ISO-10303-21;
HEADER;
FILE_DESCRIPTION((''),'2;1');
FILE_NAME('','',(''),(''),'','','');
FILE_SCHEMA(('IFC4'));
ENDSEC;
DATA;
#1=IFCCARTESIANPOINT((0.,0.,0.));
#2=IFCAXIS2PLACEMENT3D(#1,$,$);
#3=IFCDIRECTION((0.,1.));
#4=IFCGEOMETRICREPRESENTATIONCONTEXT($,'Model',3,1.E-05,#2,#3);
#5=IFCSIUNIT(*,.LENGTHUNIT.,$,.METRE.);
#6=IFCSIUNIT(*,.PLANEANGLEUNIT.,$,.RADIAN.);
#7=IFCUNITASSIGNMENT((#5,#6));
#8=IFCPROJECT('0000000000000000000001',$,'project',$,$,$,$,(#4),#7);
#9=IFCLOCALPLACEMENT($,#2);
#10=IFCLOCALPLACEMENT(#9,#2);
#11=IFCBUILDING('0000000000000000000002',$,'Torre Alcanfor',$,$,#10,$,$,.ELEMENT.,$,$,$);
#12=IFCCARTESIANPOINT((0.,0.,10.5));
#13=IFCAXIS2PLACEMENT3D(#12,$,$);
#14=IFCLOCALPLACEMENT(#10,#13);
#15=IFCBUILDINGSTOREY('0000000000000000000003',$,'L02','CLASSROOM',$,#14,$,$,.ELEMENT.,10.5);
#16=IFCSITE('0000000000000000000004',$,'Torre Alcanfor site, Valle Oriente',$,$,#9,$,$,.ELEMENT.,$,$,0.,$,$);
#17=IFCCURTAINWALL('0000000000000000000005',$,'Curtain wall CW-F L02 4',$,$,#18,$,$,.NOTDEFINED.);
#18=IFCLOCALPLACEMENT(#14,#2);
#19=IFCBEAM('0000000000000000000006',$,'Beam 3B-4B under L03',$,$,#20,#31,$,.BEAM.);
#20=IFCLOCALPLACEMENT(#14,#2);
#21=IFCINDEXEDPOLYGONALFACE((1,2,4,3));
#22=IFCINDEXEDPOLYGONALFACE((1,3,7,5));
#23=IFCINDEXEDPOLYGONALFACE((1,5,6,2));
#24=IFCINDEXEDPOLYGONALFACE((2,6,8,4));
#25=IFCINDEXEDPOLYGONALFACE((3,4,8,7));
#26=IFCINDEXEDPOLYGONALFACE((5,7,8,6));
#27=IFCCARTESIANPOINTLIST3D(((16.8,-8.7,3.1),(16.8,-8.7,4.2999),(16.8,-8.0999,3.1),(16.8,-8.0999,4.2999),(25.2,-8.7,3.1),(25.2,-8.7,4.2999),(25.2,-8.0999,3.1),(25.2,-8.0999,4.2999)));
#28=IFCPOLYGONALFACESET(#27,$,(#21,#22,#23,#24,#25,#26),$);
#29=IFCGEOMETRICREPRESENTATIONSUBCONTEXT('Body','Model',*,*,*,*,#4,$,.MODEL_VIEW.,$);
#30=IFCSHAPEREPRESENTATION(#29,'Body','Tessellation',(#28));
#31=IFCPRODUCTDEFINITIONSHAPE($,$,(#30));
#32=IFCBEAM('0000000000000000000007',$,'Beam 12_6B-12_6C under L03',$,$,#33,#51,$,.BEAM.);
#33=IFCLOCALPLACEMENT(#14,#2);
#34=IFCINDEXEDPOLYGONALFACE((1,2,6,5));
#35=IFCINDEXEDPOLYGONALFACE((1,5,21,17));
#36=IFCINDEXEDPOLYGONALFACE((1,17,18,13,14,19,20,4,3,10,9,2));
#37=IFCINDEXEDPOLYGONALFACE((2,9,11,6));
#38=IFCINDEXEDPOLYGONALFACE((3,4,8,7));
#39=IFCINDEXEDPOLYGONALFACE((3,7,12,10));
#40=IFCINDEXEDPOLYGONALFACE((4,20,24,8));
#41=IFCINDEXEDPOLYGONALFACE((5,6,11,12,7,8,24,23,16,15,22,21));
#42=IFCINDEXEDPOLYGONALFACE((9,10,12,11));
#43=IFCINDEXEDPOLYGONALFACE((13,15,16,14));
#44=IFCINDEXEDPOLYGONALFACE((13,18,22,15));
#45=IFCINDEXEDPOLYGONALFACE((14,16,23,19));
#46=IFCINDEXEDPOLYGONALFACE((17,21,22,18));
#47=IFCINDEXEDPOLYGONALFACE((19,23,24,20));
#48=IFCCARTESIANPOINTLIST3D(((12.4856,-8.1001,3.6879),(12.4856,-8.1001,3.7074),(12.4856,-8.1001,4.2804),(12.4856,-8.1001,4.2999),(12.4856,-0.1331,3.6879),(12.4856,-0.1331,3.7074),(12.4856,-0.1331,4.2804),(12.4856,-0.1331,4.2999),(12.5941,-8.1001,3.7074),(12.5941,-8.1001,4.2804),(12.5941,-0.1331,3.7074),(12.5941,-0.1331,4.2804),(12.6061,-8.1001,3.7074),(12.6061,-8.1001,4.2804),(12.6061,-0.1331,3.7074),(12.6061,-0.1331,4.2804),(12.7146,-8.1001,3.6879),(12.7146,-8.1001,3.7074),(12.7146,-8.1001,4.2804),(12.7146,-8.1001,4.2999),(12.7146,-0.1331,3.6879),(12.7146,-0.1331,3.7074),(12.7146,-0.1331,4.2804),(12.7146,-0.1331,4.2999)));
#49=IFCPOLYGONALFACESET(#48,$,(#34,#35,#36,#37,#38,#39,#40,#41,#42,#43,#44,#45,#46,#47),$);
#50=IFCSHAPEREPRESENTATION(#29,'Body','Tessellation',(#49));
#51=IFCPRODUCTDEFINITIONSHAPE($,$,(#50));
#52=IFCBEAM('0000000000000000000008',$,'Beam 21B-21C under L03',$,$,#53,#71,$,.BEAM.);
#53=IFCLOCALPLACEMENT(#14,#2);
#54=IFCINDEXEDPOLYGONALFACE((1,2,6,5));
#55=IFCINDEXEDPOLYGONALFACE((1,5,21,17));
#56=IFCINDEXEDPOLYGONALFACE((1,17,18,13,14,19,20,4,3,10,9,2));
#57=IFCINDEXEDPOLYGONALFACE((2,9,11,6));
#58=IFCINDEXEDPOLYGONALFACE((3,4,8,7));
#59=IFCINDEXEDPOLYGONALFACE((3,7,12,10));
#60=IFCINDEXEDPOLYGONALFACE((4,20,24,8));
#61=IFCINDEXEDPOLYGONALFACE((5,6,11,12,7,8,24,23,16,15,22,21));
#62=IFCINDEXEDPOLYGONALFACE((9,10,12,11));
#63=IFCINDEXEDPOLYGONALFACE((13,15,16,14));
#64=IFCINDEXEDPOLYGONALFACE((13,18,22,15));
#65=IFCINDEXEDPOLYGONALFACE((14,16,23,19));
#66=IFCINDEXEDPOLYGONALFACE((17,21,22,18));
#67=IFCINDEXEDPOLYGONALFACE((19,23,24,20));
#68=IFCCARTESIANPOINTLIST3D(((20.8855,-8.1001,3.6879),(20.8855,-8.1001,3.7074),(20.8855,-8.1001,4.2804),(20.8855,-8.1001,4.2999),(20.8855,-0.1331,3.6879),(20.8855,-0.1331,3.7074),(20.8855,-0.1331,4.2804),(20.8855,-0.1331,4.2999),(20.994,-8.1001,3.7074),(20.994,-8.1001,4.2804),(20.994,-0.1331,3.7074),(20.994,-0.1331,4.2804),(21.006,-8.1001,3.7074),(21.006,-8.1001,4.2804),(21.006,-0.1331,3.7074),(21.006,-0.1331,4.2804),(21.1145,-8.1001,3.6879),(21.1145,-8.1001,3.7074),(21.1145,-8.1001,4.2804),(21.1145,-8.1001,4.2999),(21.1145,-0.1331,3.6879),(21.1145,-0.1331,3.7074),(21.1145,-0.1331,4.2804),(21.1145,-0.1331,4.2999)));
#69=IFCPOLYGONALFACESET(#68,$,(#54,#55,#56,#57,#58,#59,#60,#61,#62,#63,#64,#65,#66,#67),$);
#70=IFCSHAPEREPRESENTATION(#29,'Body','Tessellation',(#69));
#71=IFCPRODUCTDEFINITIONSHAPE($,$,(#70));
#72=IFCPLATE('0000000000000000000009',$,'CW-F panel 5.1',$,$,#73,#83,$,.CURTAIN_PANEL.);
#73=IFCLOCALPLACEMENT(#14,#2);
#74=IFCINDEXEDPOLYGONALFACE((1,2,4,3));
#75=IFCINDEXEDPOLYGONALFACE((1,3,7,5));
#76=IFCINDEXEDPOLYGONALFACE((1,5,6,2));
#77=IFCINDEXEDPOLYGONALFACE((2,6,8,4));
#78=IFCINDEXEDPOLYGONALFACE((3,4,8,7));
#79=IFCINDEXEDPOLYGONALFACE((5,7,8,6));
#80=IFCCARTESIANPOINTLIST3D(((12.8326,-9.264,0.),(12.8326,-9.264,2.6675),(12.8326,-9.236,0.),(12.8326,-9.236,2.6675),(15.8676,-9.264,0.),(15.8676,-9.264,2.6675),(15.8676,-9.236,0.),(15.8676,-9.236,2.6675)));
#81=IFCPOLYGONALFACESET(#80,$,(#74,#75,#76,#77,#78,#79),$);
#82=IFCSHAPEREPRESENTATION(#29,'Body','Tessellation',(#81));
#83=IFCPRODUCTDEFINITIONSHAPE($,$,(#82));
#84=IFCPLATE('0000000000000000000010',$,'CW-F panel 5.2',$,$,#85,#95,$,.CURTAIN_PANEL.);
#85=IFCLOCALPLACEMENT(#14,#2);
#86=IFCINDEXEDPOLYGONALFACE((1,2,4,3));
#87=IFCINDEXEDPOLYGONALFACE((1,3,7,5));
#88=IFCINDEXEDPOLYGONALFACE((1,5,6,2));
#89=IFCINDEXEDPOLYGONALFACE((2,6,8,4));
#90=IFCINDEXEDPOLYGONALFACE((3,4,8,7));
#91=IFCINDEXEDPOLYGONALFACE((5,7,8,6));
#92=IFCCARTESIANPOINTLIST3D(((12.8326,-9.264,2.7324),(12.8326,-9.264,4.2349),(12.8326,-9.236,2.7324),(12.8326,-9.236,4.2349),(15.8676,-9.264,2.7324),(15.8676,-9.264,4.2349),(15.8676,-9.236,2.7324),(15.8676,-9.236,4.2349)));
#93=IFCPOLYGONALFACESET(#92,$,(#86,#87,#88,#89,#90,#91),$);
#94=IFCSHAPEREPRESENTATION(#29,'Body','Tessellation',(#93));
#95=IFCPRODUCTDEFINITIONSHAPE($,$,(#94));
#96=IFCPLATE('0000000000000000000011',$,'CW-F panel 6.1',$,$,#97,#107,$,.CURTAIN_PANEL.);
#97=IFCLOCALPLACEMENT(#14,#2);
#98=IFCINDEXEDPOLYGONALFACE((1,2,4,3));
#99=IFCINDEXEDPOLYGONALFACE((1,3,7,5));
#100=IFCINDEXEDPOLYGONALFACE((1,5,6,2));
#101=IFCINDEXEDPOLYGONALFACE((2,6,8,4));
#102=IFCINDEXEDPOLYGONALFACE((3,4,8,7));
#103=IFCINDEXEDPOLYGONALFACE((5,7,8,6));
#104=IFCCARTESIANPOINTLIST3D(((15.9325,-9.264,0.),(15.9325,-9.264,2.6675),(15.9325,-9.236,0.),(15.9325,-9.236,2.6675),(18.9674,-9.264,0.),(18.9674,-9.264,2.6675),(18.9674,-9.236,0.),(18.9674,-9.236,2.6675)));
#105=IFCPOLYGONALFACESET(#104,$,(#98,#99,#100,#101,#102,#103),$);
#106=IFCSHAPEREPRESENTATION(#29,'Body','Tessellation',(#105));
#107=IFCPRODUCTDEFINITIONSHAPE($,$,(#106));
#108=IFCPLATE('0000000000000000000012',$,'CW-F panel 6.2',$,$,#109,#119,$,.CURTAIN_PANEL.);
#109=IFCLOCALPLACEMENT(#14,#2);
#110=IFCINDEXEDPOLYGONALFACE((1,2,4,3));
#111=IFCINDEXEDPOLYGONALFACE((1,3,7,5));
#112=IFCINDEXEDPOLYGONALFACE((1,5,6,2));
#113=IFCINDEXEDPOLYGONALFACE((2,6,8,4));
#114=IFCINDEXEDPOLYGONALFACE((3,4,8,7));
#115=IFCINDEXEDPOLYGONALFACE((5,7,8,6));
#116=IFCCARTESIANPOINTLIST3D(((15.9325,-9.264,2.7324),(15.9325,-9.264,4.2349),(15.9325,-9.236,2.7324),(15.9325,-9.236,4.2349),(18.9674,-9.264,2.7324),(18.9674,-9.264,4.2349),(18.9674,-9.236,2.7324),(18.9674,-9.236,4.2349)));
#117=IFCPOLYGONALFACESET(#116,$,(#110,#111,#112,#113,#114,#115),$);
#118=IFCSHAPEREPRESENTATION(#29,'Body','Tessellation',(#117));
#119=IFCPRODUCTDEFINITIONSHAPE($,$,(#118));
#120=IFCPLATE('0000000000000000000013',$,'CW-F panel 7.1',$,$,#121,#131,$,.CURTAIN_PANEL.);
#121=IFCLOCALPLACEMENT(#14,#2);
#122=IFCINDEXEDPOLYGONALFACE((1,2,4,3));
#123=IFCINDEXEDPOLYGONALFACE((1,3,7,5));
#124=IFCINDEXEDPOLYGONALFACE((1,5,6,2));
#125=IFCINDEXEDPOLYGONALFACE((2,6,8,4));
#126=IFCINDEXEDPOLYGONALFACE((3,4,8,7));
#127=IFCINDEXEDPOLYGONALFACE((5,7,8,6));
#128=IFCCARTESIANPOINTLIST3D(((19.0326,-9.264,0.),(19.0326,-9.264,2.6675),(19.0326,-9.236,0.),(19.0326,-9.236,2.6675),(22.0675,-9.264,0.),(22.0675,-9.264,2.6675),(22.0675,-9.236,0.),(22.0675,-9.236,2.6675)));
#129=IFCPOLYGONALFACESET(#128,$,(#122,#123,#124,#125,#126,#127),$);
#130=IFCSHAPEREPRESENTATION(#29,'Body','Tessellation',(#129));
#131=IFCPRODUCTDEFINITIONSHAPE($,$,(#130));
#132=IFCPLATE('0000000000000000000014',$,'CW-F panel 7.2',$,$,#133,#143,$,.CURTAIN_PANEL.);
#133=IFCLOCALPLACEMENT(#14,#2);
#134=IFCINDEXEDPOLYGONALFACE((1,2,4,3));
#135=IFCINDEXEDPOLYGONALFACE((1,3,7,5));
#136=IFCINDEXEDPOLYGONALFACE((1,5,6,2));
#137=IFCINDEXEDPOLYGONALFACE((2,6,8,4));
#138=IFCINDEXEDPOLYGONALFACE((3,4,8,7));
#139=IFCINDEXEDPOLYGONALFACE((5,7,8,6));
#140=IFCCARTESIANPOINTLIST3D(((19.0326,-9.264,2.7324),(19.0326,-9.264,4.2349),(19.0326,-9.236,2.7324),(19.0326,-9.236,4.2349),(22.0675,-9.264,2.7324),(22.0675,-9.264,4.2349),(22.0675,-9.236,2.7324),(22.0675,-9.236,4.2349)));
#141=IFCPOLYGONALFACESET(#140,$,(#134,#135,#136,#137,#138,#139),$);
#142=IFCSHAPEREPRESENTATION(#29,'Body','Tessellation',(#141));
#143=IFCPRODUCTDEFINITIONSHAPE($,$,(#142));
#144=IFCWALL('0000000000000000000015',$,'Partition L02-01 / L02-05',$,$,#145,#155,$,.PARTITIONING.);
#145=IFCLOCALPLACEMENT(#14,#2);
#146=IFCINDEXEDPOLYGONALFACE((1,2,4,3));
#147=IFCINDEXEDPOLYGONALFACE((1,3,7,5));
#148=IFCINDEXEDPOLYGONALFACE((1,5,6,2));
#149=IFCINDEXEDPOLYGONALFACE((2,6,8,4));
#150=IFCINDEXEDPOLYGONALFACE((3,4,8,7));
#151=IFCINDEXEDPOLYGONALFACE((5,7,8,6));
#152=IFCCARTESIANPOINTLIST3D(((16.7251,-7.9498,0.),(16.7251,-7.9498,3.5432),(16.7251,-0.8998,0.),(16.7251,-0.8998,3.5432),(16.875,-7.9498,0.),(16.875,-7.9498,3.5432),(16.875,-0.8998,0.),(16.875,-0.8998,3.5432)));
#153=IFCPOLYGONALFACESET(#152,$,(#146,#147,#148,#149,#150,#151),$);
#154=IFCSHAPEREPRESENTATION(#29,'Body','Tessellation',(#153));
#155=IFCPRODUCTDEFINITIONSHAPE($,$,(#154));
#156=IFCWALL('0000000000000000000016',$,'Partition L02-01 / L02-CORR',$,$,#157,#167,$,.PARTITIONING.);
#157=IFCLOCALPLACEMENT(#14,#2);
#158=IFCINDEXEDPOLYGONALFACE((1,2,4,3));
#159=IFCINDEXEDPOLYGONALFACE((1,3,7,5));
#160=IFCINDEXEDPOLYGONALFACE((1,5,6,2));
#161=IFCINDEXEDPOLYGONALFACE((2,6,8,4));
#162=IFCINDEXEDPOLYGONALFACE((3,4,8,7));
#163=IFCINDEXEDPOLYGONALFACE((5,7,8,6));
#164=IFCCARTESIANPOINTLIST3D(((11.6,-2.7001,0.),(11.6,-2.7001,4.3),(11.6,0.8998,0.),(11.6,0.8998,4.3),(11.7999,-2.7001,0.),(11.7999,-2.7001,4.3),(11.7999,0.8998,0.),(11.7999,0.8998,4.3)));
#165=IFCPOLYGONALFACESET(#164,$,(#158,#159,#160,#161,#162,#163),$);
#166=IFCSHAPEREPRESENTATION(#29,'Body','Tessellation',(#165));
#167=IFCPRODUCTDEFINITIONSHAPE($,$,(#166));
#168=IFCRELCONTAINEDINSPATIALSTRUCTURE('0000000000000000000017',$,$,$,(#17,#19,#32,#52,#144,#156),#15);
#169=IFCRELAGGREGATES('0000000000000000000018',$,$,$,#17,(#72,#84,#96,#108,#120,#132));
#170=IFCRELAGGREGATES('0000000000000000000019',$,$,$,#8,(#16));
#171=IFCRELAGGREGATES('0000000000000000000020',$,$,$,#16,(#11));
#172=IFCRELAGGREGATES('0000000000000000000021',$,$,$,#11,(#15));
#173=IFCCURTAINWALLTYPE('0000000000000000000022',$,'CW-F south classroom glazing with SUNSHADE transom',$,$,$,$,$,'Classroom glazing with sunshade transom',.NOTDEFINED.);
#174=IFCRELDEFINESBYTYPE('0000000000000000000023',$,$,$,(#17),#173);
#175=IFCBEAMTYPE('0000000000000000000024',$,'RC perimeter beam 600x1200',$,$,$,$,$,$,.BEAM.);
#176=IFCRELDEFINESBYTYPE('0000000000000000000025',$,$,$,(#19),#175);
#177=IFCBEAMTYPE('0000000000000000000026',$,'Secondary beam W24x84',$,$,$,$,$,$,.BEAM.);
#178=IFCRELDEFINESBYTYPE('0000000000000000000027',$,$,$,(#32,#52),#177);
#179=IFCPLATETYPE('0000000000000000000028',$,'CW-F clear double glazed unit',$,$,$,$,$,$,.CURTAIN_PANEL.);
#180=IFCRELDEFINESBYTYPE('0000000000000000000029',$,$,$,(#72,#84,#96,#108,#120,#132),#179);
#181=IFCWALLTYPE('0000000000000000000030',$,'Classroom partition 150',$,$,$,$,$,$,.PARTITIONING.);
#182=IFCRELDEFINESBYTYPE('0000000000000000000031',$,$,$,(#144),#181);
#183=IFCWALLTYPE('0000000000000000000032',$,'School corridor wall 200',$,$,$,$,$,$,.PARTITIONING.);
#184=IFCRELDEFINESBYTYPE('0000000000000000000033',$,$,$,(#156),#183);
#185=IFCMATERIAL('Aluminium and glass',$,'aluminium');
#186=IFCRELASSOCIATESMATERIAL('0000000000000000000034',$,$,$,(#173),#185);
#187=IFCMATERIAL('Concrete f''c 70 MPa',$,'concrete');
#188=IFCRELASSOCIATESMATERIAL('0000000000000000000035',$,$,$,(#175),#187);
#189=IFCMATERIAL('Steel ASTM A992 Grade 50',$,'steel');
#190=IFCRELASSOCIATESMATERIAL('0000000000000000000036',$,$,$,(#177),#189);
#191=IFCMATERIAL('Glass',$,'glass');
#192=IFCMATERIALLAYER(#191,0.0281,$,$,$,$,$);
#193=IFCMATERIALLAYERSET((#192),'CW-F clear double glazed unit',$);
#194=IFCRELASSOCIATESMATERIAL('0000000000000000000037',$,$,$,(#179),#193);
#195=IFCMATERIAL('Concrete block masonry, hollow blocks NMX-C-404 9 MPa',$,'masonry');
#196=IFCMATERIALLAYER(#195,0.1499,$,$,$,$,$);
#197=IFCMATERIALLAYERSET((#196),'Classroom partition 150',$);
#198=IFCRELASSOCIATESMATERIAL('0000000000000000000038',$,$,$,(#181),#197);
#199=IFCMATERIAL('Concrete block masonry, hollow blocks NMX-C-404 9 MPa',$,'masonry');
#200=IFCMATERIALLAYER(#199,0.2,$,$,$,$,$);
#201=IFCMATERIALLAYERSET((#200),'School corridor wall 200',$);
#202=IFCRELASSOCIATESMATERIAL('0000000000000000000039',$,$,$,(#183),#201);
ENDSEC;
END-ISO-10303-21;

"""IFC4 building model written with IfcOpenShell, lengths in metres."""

from ifc_helpers import new_model, si_unit, direction, frame, frame_2d, origin, origin_2d, place, context, subcontext, project, spatial, rectangle, i_section, extrude, material, layer, layer_set, material_profile, profile_set, type_object, element, aggregate, save


model = new_model("IFC4")

# Units and contexts
model_context = context("Model", 3, precision=1e-05, world=origin(), true_north=direction((0.0, 1.0)))
body_context = subcontext(model_context, "Body", "Model", "MODEL_VIEW")
ifc_project = project(units=[si_unit("LENGTHUNIT", "METRE"), si_unit("PLANEANGLEUNIT", "RADIAN")], contexts=[model_context])

# Site, building, storey
site_placement = place(None, origin())
site = spatial("IfcSite", under=ifc_project, at=site_placement, Name="Torre Alcanfor site, Valle Oriente", CompositionType="ELEMENT", RefElevation=0.0)
building_placement = place(site_placement, origin())
building = spatial("IfcBuilding", under=site, at=building_placement, Name="Torre Alcanfor", CompositionType="ELEMENT")
storey_placement = place(building_placement, frame((0.0, 0.0, 10.5)))
storey = spatial("IfcBuildingStorey", under=building, at=storey_placement, Name="L02", Description="CLASSROOM", CompositionType="ELEMENT", Elevation=10.5)

# Curtain wall
ifc_material_1 = material(Name="Aluminium and glass", Category="aluminium")
curtain_wall_type = type_object("IfcCurtainWallType", Name="CW-F south classroom glazing with SUNSHADE transom", ElementType="Classroom glazing with sunshade transom", PredefinedType="NOTDEFINED", material=ifc_material_1)
curtain_wall_placement = place(storey_placement, origin())
curtain_wall = element("IfcCurtainWall", 1, at=curtain_wall_placement, inside=storey, type_object=curtain_wall_type, Name="Curtain wall CW-F L02 4", PredefinedType="NOTDEFINED")

# Beams
ifc_material_2 = material(Name="Concrete f'c 70 MPa", Category="concrete")
ifc_material_profile_1 = material_profile(ifc_material_2, rectangle(XDim=0.6001, YDim=1.2, at=origin_2d()), Name="600x1200")
ifc_profile_set_1 = profile_set([ifc_material_profile_1], Name="Concrete f'c 70 MPa")
beam_type_1 = type_object("IfcBeamType", Name="RC perimeter beam 600x1200", PredefinedType="BEAM", material=ifc_profile_set_1)
beam_1_placement = place(storey_placement, frame((16.8, -8.3999, 3.7), z_axis=(1.0, 0.0, 0.0), x_axis=(0.0, 1.0, 0.0)))
element("IfcBeam", 2, at=beam_1_placement, inside=storey, type_object=beam_type_1, Name="Beam 3B-4B under L03", PredefinedType="BEAM", context=body_context, shape_type="SweptSolid", body=[
    extrude(rectangle(XDim=0.6001, YDim=1.2, at=origin_2d()), origin(), (0.0, 0.0, 1.0), 8.3999),
])
ifc_material_3 = material(Name="Steel ASTM A992 Grade 50", Category="steel")
ifc_material_profile_2 = material_profile(ifc_material_3, i_section(OverallWidth=0.229, OverallDepth=0.6121, WebThickness=0.012, FlangeThickness=0.0195, at=origin_2d()), Name="W24x84")
ifc_profile_set_2 = profile_set([ifc_material_profile_2], Name="Steel ASTM A992 Grade 50")
beam_type_2 = type_object("IfcBeamType", Name="Secondary beam W24x84", PredefinedType="BEAM", material=ifc_profile_set_2)
for number, where, z_axis, x_axis, name in (
    (3, (12.6001, -8.1001, 3.9939), (0.0, 1.0, 0.0), (-1.0, 0.0, 0.0), "Beam 12_6B-12_6C under L03"),
    (4, (21.0, -8.1001, 3.9939), (0.0, 1.0, 0.0), (-1.0, 0.0, 0.0), "Beam 21B-21C under L03"),
):
    element("IfcBeam", number, at=place(storey_placement, frame(where, z_axis=z_axis, x_axis=x_axis)), inside=storey, type_object=beam_type_2, Name=name, PredefinedType="BEAM", context=body_context, shape_type="SweptSolid", body=[
        extrude(i_section(OverallWidth=0.229, OverallDepth=0.6121, WebThickness=0.012, FlangeThickness=0.0195, at=origin_2d()), origin(), (0.0, 0.0, 1.0), 7.967),
    ])

# Plates
ifc_material_4 = material(Name="Glass", Category="glass")
ifc_layer_1 = layer(ifc_material_4, 0.0281)
ifc_layer_set_1 = layer_set([ifc_layer_1], Name="CW-F clear double glazed unit")
plate_type = type_object("IfcPlateType", Name="CW-F clear double glazed unit", PredefinedType="CURTAIN_PANEL", material=ifc_layer_set_1)
plate_1_placement = place(storey_placement, frame((14.3501, -9.25, 0.0), z_axis=(0.0, 0.0, 1.0), x_axis=(1.0, 0.0, 0.0)))
plate_1 = element("IfcPlate", 5, at=plate_1_placement, type_object=plate_type, Name="CW-F panel 5.1", PredefinedType="CURTAIN_PANEL", context=body_context, shape_type="SweptSolid", body=[
    extrude(rectangle(XDim=3.0349, YDim=0.0281, at=origin_2d()), origin(), (0.0, 0.0, 1.0), 2.6675),
])
plate_2_placement = place(storey_placement, frame((14.3501, -9.25, 2.7324), z_axis=(0.0, 0.0, 1.0), x_axis=(1.0, 0.0, 0.0)))
plate_2 = element("IfcPlate", 6, at=plate_2_placement, type_object=plate_type, Name="CW-F panel 5.2", PredefinedType="CURTAIN_PANEL", context=body_context, shape_type="SweptSolid", body=[
    extrude(rectangle(XDim=3.0349, YDim=0.0281, at=origin_2d()), origin(), (0.0, 0.0, 1.0), 1.5024),
])
plate_3_placement = place(storey_placement, frame((17.45, -9.25, 0.0), z_axis=(0.0, 0.0, 1.0), x_axis=(1.0, 0.0, 0.0)))
plate_3 = element("IfcPlate", 7, at=plate_3_placement, type_object=plate_type, Name="CW-F panel 6.1", PredefinedType="CURTAIN_PANEL", context=body_context, shape_type="SweptSolid", body=[
    extrude(rectangle(XDim=3.0349, YDim=0.0281, at=origin_2d()), origin(), (0.0, 0.0, 1.0), 2.6675),
])
plate_4_placement = place(storey_placement, frame((17.45, -9.25, 2.7324), z_axis=(0.0, 0.0, 1.0), x_axis=(1.0, 0.0, 0.0)))
plate_4 = element("IfcPlate", 8, at=plate_4_placement, type_object=plate_type, Name="CW-F panel 6.2", PredefinedType="CURTAIN_PANEL", context=body_context, shape_type="SweptSolid", body=[
    extrude(rectangle(XDim=3.0349, YDim=0.0281, at=origin_2d()), origin(), (0.0, 0.0, 1.0), 1.5024),
])
plate_5_placement = place(storey_placement, frame((20.55, -9.25, 0.0), z_axis=(0.0, 0.0, 1.0), x_axis=(1.0, 0.0, 0.0)))
plate_5 = element("IfcPlate", 9, at=plate_5_placement, type_object=plate_type, Name="CW-F panel 7.1", PredefinedType="CURTAIN_PANEL", context=body_context, shape_type="SweptSolid", body=[
    extrude(rectangle(XDim=3.0349, YDim=0.0281, at=origin_2d()), origin(), (0.0, 0.0, 1.0), 2.6675),
])
plate_6_placement = place(storey_placement, frame((20.55, -9.25, 2.7324), z_axis=(0.0, 0.0, 1.0), x_axis=(1.0, 0.0, 0.0)))
plate_6 = element("IfcPlate", 10, at=plate_6_placement, type_object=plate_type, Name="CW-F panel 7.2", PredefinedType="CURTAIN_PANEL", context=body_context, shape_type="SweptSolid", body=[
    extrude(rectangle(XDim=3.0349, YDim=0.0281, at=origin_2d()), origin(), (0.0, 0.0, 1.0), 1.5024),
])
aggregate(curtain_wall, [plate_1, plate_2, plate_3, plate_4, plate_5, plate_6])

# Walls
ifc_material_5 = material(Name="Concrete block masonry, hollow blocks NMX-C-404 9 MPa", Category="masonry")
ifc_layer_2 = layer(ifc_material_5, 0.1499)
ifc_layer_set_2 = layer_set([ifc_layer_2], Name="Classroom partition 150")
wall_type_1 = type_object("IfcWallType", Name="Classroom partition 150", PredefinedType="PARTITIONING", material=ifc_layer_set_2)
wall_1_placement = place(storey_placement, frame((16.8, -0.8999, 0.0), z_axis=(0.0, 0.0, 1.0), x_axis=(0.0, -1.0, 0.0)))
element("IfcWall", 11, at=wall_1_placement, inside=storey, type_object=wall_type_1, Name="Partition L02-01 / L02-05", PredefinedType="PARTITIONING", context=body_context, shape_type="SweptSolid", body=[
    extrude(rectangle(XDim=7.05, YDim=0.1499, at=frame_2d((3.5249, 0.0))), origin(), (0.0, 0.0, 1.0), 3.5432),
])
ifc_material_6 = material(Name="Concrete block masonry, hollow blocks NMX-C-404 9 MPa", Category="masonry")
ifc_layer_3 = layer(ifc_material_6, 0.2)
ifc_layer_set_3 = layer_set([ifc_layer_3], Name="School corridor wall 200")
wall_type_2 = type_object("IfcWallType", Name="School corridor wall 200", PredefinedType="PARTITIONING", material=ifc_layer_set_3)
wall_2_placement = place(storey_placement, frame((11.7, -2.7, 0.0), z_axis=(0.0, 0.0, 1.0), x_axis=(0.0, 1.0, 0.0)))
element("IfcWall", 12, at=wall_2_placement, inside=storey, type_object=wall_type_2, Name="Partition L02-01 / L02-CORR", PredefinedType="PARTITIONING", context=body_context, shape_type="SweptSolid", body=[
    extrude(rectangle(XDim=3.5999, YDim=0.2, at=frame_2d((1.7998, 0.0))), origin(), (0.0, 0.0, 1.0), 4.3),
])

save(model, "model.ifc")
